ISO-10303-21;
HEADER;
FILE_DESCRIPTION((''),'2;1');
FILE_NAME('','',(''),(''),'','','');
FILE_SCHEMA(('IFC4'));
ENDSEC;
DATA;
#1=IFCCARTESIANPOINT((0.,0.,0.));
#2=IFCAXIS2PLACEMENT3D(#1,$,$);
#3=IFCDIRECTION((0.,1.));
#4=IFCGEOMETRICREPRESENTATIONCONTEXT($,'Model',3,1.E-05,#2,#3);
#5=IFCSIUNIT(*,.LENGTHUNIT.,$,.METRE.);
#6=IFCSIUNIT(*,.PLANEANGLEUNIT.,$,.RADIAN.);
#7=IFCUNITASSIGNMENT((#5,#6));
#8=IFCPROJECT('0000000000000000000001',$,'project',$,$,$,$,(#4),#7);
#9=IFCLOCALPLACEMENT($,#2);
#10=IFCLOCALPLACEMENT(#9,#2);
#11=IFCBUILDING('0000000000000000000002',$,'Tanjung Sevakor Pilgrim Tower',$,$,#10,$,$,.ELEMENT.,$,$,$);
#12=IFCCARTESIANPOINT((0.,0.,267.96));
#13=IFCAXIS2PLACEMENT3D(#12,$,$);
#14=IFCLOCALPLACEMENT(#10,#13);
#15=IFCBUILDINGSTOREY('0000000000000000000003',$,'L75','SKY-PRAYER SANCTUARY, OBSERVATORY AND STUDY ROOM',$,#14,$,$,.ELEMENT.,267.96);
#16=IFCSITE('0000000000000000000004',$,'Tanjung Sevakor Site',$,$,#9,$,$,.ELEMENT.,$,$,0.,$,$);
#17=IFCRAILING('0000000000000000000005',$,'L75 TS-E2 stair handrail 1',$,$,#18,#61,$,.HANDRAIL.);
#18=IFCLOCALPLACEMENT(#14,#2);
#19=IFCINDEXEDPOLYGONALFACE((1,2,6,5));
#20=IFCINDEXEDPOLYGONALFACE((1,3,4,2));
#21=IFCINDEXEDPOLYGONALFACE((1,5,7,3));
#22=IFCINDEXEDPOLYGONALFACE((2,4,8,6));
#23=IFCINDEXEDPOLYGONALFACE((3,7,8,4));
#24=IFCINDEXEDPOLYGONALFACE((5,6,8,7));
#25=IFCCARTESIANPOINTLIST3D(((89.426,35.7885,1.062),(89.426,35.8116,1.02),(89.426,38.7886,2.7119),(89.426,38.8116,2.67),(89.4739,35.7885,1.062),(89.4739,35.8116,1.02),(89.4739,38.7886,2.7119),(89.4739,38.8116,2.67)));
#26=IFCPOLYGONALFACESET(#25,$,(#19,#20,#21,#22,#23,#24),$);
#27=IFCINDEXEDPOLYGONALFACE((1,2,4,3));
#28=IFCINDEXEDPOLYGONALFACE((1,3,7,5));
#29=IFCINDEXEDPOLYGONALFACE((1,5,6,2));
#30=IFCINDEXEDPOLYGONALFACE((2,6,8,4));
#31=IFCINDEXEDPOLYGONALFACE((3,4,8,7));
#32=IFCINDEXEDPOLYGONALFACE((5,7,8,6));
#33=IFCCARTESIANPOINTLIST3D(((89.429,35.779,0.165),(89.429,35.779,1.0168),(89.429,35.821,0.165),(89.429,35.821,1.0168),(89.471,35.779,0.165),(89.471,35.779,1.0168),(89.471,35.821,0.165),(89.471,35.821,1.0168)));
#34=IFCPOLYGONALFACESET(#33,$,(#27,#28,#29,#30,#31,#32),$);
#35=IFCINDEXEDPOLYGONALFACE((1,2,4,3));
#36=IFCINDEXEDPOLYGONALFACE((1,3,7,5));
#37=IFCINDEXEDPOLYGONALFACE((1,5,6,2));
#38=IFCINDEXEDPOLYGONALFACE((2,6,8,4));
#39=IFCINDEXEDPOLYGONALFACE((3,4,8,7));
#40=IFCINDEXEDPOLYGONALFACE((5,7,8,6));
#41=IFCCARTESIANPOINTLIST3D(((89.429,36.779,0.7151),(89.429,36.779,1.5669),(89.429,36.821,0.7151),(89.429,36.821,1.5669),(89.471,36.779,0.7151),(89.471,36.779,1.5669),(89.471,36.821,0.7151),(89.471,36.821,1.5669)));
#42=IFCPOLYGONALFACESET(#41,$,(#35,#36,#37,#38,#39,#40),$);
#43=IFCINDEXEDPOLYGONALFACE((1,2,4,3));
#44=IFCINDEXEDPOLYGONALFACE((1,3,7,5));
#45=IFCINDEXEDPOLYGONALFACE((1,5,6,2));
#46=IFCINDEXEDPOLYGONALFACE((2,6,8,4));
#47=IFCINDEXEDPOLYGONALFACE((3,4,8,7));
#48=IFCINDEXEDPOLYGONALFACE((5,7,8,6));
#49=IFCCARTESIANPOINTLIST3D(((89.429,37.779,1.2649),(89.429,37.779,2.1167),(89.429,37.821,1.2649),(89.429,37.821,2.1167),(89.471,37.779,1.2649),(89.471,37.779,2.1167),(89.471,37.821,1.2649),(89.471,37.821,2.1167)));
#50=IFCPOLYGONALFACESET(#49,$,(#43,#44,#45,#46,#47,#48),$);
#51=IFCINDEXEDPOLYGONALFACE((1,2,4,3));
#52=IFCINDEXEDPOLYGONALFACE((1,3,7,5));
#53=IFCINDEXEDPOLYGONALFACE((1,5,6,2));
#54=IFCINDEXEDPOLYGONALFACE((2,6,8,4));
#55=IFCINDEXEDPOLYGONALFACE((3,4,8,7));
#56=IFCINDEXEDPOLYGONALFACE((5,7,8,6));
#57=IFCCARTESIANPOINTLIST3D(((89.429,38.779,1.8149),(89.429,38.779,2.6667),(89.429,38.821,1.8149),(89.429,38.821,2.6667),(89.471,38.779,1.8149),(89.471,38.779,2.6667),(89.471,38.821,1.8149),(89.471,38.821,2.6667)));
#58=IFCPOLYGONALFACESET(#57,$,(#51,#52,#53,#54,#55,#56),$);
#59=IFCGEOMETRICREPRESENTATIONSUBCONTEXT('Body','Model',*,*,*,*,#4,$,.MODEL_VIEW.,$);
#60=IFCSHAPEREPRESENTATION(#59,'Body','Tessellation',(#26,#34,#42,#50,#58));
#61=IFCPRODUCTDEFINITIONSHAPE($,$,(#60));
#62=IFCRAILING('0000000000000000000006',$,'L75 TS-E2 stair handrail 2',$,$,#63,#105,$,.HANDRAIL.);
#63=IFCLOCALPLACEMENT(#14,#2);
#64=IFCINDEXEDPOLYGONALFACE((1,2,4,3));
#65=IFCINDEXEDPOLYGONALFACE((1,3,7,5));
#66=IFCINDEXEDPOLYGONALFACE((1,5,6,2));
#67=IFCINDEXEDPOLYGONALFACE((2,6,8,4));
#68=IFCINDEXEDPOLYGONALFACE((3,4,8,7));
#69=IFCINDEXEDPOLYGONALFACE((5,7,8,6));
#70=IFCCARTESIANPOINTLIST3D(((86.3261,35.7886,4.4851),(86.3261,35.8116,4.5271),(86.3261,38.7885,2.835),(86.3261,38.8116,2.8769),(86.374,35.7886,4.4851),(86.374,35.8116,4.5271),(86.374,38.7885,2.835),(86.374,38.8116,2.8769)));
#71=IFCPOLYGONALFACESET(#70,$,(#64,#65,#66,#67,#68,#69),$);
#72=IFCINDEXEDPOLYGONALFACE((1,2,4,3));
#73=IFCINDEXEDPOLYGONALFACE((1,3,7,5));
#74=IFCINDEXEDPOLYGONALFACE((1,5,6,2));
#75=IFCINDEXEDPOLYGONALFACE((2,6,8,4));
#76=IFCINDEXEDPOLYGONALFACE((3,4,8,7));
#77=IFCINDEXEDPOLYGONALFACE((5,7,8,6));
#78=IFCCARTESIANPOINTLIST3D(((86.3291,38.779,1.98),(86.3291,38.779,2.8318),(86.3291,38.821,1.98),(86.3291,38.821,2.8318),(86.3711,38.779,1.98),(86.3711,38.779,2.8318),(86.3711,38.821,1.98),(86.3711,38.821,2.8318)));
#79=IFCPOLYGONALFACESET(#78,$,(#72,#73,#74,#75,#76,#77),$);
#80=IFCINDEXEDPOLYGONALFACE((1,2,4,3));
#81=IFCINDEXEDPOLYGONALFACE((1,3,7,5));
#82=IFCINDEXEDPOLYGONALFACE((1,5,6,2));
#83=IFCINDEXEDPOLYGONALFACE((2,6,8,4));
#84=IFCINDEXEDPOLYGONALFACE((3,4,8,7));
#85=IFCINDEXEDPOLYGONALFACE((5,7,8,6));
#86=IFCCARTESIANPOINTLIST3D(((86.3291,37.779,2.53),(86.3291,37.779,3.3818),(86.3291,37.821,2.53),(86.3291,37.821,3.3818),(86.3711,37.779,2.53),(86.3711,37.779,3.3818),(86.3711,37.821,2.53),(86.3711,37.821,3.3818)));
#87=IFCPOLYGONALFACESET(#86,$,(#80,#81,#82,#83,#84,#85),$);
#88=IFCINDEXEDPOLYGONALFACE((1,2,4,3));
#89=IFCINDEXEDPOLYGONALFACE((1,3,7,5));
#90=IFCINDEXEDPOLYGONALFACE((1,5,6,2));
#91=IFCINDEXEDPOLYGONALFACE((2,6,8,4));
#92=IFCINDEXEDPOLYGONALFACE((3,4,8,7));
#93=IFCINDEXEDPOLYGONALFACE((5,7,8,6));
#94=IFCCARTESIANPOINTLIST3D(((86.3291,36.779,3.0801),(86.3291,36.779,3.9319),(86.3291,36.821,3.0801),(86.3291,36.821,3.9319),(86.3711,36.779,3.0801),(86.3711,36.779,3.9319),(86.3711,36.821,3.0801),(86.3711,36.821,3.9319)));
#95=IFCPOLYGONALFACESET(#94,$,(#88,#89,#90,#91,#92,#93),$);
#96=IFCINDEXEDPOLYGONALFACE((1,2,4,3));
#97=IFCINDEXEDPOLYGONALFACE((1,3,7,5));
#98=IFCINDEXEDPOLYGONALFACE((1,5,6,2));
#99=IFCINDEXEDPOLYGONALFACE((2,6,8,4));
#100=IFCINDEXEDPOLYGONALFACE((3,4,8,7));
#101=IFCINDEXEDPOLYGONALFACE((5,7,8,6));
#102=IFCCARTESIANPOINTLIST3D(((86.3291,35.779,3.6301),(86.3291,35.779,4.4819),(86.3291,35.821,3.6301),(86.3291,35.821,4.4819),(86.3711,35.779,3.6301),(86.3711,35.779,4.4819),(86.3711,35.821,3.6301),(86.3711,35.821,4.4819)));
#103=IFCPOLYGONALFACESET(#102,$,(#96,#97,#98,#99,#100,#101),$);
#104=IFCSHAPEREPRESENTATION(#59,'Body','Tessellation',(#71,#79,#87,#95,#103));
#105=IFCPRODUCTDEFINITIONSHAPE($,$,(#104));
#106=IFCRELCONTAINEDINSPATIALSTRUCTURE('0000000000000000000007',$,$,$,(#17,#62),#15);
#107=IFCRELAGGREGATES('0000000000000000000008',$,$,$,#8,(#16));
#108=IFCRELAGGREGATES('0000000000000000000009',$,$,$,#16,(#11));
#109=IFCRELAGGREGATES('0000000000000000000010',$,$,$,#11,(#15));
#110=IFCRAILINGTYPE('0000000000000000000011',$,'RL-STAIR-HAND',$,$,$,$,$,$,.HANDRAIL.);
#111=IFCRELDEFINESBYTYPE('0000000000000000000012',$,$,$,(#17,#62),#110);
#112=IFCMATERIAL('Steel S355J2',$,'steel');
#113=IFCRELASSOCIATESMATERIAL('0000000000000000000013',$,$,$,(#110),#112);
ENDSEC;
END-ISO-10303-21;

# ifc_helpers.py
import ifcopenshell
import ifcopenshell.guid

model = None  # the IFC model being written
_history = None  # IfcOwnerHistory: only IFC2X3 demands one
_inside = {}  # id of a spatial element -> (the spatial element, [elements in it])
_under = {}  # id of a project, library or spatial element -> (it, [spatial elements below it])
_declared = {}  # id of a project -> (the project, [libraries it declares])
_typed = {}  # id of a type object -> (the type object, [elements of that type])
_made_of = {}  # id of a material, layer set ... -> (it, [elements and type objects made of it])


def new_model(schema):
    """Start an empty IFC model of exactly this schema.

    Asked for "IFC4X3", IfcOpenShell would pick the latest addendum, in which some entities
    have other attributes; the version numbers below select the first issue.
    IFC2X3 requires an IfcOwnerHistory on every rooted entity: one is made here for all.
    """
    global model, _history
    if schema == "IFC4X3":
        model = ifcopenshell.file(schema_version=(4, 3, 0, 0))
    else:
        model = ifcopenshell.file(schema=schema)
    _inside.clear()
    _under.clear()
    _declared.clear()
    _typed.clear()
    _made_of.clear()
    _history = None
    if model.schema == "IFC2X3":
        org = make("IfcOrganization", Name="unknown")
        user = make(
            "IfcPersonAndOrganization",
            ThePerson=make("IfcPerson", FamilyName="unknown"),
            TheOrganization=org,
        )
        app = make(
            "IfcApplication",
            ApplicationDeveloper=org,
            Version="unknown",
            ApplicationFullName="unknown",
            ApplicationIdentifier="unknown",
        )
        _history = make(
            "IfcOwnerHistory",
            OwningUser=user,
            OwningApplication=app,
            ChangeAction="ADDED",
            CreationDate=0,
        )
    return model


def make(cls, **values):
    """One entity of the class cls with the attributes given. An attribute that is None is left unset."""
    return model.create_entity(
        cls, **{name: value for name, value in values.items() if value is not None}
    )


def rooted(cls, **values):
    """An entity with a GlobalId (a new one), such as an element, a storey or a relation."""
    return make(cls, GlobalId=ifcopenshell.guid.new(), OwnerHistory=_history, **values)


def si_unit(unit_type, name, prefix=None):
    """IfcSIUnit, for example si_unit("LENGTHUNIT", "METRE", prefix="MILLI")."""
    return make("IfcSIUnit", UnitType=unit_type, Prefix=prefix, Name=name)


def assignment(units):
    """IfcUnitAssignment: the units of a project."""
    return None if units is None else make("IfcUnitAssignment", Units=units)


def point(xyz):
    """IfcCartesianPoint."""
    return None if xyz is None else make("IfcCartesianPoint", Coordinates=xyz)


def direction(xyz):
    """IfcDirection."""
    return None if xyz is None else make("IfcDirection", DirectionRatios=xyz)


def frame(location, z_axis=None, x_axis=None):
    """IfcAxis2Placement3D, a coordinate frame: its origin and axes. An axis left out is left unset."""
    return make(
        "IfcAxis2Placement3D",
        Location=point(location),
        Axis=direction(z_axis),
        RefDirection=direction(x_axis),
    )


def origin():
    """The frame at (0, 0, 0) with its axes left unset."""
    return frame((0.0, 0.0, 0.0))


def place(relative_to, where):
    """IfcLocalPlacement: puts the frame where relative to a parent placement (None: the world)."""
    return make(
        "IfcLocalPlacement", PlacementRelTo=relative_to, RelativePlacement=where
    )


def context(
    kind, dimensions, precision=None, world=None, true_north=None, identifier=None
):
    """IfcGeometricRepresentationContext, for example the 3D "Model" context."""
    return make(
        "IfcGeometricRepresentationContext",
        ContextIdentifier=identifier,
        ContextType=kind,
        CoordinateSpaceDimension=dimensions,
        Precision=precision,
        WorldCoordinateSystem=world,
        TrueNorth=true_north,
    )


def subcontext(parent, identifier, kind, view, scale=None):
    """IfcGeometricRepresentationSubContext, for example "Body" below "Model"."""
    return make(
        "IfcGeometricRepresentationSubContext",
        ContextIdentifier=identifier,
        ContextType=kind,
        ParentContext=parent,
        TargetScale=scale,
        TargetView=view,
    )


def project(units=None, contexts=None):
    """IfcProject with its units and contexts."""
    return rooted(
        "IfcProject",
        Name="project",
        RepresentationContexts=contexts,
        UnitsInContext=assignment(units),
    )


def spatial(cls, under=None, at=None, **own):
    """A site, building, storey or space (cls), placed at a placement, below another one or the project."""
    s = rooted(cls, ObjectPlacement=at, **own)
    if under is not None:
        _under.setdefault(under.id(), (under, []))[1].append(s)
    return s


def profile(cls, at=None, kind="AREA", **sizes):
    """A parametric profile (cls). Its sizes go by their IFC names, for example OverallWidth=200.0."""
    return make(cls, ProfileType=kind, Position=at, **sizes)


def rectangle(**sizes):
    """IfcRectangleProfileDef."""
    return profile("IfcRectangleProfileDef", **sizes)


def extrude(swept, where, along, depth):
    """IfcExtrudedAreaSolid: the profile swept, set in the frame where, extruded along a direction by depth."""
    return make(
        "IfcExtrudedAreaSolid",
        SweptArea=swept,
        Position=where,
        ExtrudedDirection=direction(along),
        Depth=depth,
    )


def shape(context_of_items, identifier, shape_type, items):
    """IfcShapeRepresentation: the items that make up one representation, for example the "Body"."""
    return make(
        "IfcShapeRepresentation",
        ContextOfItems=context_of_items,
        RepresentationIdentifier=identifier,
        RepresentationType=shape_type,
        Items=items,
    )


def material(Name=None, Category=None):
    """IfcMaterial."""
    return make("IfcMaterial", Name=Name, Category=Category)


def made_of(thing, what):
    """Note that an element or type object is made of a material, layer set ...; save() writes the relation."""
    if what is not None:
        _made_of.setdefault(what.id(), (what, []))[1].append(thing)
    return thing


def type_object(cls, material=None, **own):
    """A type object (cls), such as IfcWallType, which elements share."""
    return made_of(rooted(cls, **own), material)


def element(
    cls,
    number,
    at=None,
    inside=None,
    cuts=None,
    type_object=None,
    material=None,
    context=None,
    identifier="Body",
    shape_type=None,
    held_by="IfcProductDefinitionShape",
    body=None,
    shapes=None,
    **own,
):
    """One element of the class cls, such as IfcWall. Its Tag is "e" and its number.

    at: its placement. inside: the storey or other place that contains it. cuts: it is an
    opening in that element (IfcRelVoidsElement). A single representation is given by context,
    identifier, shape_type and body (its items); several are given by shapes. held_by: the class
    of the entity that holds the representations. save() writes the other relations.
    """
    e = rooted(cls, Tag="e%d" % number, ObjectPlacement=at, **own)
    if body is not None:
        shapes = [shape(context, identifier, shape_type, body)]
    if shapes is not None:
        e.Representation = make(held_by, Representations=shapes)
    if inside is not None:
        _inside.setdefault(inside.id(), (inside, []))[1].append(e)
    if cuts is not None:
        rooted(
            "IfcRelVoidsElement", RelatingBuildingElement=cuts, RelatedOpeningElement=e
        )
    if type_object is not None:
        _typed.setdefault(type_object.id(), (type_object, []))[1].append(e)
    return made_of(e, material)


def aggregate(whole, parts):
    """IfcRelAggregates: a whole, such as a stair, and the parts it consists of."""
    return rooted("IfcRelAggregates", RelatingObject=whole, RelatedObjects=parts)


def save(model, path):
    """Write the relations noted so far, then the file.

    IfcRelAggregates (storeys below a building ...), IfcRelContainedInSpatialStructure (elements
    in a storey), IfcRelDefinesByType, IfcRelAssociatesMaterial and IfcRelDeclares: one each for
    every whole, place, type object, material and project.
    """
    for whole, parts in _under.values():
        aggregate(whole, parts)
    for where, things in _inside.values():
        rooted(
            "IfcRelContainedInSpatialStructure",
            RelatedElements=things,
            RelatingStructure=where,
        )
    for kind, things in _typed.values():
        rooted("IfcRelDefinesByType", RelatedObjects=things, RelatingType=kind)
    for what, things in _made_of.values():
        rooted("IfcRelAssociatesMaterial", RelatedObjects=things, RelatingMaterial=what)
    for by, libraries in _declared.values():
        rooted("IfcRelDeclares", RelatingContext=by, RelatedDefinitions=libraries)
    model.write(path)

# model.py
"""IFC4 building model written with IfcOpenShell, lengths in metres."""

from ifc_helpers import new_model, si_unit, direction, frame, origin, place, context, subcontext, project, spatial, rectangle, extrude, material, type_object, element, save


model = new_model("IFC4")

# Units and contexts
model_context = context("Model", 3, precision=1e-05, world=origin(), true_north=direction((0.0, 1.0)))
body_context = subcontext(model_context, "Body", "Model", "MODEL_VIEW")
ifc_project = project(units=[si_unit("LENGTHUNIT", "METRE"), si_unit("PLANEANGLEUNIT", "RADIAN")], contexts=[model_context])

# Site, building, storey
site_placement = place(None, origin())
site = spatial("IfcSite", under=ifc_project, at=site_placement, Name="Tanjung Sevakor Site", CompositionType="ELEMENT", RefElevation=0.0)
building_placement = place(site_placement, origin())
building = spatial("IfcBuilding", under=site, at=building_placement, Name="Tanjung Sevakor Pilgrim Tower", CompositionType="ELEMENT")
storey_placement = place(building_placement, frame((0.0, 0.0, 267.96)))
storey = spatial("IfcBuildingStorey", under=building, at=storey_placement, Name="L75", Description="SKY-PRAYER SANCTUARY, OBSERVATORY AND STUDY ROOM", CompositionType="ELEMENT", Elevation=267.96)

# Railings
ifc_material_1 = material(Name="Steel S355J2", Category="steel")
railing_type_1 = type_object("IfcRailingType", Name="RL-STAIR-HAND", PredefinedType="HANDRAIL", material=ifc_material_1)
railing_1_placement = place(storey_placement, frame((89.45, 35.8, 0.165)))
element("IfcRailing", 1, at=railing_1_placement, inside=storey, type_object=railing_type_1, Name="L75 TS-E2 stair handrail 1", PredefinedType="HANDRAIL", context=body_context, shape_type="SweptSolid", body=[
    extrude(rectangle(XDim=0.0479, YDim=0.0479), frame((0.0, 0.0, 0.876), z_axis=(0.0, 0.876228, 0.481897), x_axis=(-1.0, 0.0, 0.0)), (0.0, 0.0, 1.0), 3.4238),
    extrude(rectangle(XDim=0.042, YDim=0.042), origin(), (0.0, 0.0, 1.0), 0.8518),
    extrude(rectangle(XDim=0.042, YDim=0.042), frame((0.0, 1.0, 0.55)), (0.0, 0.0, 1.0), 0.8518),
    extrude(rectangle(XDim=0.042, YDim=0.042), frame((0.0, 2.0, 1.0999)), (0.0, 0.0, 1.0), 0.8518),
    extrude(rectangle(XDim=0.042, YDim=0.042), frame((0.0, 3.0, 1.6499)), (0.0, 0.0, 1.0), 0.8518),
])
railing_2_placement = place(storey_placement, frame((86.3501, 38.8, 1.98)))
element("IfcRailing", 2, at=railing_2_placement, inside=storey, type_object=railing_type_1, Name="L75 TS-E2 stair handrail 2", PredefinedType="HANDRAIL", context=body_context, shape_type="SweptSolid", body=[
    extrude(rectangle(XDim=0.0479, YDim=0.0479), frame((0.0, 0.0, 0.876), z_axis=(0.0, -0.876198, 0.481952), x_axis=(1.0, 0.0, 0.0)), (0.0, 0.0, 1.0), 3.4238),
    extrude(rectangle(XDim=0.042, YDim=0.042), origin(), (0.0, 0.0, 1.0), 0.8518),
    extrude(rectangle(XDim=0.042, YDim=0.042), frame((0.0, -1.0, 0.55)), (0.0, 0.0, 1.0), 0.8518),
    extrude(rectangle(XDim=0.042, YDim=0.042), frame((0.0, -2.0, 1.1001)), (0.0, 0.0, 1.0), 0.8518),
    extrude(rectangle(XDim=0.042, YDim=0.042), frame((0.0, -3.0, 1.6501)), (0.0, 0.0, 1.0), 0.8518),
])

save(model, "model.ifc")
